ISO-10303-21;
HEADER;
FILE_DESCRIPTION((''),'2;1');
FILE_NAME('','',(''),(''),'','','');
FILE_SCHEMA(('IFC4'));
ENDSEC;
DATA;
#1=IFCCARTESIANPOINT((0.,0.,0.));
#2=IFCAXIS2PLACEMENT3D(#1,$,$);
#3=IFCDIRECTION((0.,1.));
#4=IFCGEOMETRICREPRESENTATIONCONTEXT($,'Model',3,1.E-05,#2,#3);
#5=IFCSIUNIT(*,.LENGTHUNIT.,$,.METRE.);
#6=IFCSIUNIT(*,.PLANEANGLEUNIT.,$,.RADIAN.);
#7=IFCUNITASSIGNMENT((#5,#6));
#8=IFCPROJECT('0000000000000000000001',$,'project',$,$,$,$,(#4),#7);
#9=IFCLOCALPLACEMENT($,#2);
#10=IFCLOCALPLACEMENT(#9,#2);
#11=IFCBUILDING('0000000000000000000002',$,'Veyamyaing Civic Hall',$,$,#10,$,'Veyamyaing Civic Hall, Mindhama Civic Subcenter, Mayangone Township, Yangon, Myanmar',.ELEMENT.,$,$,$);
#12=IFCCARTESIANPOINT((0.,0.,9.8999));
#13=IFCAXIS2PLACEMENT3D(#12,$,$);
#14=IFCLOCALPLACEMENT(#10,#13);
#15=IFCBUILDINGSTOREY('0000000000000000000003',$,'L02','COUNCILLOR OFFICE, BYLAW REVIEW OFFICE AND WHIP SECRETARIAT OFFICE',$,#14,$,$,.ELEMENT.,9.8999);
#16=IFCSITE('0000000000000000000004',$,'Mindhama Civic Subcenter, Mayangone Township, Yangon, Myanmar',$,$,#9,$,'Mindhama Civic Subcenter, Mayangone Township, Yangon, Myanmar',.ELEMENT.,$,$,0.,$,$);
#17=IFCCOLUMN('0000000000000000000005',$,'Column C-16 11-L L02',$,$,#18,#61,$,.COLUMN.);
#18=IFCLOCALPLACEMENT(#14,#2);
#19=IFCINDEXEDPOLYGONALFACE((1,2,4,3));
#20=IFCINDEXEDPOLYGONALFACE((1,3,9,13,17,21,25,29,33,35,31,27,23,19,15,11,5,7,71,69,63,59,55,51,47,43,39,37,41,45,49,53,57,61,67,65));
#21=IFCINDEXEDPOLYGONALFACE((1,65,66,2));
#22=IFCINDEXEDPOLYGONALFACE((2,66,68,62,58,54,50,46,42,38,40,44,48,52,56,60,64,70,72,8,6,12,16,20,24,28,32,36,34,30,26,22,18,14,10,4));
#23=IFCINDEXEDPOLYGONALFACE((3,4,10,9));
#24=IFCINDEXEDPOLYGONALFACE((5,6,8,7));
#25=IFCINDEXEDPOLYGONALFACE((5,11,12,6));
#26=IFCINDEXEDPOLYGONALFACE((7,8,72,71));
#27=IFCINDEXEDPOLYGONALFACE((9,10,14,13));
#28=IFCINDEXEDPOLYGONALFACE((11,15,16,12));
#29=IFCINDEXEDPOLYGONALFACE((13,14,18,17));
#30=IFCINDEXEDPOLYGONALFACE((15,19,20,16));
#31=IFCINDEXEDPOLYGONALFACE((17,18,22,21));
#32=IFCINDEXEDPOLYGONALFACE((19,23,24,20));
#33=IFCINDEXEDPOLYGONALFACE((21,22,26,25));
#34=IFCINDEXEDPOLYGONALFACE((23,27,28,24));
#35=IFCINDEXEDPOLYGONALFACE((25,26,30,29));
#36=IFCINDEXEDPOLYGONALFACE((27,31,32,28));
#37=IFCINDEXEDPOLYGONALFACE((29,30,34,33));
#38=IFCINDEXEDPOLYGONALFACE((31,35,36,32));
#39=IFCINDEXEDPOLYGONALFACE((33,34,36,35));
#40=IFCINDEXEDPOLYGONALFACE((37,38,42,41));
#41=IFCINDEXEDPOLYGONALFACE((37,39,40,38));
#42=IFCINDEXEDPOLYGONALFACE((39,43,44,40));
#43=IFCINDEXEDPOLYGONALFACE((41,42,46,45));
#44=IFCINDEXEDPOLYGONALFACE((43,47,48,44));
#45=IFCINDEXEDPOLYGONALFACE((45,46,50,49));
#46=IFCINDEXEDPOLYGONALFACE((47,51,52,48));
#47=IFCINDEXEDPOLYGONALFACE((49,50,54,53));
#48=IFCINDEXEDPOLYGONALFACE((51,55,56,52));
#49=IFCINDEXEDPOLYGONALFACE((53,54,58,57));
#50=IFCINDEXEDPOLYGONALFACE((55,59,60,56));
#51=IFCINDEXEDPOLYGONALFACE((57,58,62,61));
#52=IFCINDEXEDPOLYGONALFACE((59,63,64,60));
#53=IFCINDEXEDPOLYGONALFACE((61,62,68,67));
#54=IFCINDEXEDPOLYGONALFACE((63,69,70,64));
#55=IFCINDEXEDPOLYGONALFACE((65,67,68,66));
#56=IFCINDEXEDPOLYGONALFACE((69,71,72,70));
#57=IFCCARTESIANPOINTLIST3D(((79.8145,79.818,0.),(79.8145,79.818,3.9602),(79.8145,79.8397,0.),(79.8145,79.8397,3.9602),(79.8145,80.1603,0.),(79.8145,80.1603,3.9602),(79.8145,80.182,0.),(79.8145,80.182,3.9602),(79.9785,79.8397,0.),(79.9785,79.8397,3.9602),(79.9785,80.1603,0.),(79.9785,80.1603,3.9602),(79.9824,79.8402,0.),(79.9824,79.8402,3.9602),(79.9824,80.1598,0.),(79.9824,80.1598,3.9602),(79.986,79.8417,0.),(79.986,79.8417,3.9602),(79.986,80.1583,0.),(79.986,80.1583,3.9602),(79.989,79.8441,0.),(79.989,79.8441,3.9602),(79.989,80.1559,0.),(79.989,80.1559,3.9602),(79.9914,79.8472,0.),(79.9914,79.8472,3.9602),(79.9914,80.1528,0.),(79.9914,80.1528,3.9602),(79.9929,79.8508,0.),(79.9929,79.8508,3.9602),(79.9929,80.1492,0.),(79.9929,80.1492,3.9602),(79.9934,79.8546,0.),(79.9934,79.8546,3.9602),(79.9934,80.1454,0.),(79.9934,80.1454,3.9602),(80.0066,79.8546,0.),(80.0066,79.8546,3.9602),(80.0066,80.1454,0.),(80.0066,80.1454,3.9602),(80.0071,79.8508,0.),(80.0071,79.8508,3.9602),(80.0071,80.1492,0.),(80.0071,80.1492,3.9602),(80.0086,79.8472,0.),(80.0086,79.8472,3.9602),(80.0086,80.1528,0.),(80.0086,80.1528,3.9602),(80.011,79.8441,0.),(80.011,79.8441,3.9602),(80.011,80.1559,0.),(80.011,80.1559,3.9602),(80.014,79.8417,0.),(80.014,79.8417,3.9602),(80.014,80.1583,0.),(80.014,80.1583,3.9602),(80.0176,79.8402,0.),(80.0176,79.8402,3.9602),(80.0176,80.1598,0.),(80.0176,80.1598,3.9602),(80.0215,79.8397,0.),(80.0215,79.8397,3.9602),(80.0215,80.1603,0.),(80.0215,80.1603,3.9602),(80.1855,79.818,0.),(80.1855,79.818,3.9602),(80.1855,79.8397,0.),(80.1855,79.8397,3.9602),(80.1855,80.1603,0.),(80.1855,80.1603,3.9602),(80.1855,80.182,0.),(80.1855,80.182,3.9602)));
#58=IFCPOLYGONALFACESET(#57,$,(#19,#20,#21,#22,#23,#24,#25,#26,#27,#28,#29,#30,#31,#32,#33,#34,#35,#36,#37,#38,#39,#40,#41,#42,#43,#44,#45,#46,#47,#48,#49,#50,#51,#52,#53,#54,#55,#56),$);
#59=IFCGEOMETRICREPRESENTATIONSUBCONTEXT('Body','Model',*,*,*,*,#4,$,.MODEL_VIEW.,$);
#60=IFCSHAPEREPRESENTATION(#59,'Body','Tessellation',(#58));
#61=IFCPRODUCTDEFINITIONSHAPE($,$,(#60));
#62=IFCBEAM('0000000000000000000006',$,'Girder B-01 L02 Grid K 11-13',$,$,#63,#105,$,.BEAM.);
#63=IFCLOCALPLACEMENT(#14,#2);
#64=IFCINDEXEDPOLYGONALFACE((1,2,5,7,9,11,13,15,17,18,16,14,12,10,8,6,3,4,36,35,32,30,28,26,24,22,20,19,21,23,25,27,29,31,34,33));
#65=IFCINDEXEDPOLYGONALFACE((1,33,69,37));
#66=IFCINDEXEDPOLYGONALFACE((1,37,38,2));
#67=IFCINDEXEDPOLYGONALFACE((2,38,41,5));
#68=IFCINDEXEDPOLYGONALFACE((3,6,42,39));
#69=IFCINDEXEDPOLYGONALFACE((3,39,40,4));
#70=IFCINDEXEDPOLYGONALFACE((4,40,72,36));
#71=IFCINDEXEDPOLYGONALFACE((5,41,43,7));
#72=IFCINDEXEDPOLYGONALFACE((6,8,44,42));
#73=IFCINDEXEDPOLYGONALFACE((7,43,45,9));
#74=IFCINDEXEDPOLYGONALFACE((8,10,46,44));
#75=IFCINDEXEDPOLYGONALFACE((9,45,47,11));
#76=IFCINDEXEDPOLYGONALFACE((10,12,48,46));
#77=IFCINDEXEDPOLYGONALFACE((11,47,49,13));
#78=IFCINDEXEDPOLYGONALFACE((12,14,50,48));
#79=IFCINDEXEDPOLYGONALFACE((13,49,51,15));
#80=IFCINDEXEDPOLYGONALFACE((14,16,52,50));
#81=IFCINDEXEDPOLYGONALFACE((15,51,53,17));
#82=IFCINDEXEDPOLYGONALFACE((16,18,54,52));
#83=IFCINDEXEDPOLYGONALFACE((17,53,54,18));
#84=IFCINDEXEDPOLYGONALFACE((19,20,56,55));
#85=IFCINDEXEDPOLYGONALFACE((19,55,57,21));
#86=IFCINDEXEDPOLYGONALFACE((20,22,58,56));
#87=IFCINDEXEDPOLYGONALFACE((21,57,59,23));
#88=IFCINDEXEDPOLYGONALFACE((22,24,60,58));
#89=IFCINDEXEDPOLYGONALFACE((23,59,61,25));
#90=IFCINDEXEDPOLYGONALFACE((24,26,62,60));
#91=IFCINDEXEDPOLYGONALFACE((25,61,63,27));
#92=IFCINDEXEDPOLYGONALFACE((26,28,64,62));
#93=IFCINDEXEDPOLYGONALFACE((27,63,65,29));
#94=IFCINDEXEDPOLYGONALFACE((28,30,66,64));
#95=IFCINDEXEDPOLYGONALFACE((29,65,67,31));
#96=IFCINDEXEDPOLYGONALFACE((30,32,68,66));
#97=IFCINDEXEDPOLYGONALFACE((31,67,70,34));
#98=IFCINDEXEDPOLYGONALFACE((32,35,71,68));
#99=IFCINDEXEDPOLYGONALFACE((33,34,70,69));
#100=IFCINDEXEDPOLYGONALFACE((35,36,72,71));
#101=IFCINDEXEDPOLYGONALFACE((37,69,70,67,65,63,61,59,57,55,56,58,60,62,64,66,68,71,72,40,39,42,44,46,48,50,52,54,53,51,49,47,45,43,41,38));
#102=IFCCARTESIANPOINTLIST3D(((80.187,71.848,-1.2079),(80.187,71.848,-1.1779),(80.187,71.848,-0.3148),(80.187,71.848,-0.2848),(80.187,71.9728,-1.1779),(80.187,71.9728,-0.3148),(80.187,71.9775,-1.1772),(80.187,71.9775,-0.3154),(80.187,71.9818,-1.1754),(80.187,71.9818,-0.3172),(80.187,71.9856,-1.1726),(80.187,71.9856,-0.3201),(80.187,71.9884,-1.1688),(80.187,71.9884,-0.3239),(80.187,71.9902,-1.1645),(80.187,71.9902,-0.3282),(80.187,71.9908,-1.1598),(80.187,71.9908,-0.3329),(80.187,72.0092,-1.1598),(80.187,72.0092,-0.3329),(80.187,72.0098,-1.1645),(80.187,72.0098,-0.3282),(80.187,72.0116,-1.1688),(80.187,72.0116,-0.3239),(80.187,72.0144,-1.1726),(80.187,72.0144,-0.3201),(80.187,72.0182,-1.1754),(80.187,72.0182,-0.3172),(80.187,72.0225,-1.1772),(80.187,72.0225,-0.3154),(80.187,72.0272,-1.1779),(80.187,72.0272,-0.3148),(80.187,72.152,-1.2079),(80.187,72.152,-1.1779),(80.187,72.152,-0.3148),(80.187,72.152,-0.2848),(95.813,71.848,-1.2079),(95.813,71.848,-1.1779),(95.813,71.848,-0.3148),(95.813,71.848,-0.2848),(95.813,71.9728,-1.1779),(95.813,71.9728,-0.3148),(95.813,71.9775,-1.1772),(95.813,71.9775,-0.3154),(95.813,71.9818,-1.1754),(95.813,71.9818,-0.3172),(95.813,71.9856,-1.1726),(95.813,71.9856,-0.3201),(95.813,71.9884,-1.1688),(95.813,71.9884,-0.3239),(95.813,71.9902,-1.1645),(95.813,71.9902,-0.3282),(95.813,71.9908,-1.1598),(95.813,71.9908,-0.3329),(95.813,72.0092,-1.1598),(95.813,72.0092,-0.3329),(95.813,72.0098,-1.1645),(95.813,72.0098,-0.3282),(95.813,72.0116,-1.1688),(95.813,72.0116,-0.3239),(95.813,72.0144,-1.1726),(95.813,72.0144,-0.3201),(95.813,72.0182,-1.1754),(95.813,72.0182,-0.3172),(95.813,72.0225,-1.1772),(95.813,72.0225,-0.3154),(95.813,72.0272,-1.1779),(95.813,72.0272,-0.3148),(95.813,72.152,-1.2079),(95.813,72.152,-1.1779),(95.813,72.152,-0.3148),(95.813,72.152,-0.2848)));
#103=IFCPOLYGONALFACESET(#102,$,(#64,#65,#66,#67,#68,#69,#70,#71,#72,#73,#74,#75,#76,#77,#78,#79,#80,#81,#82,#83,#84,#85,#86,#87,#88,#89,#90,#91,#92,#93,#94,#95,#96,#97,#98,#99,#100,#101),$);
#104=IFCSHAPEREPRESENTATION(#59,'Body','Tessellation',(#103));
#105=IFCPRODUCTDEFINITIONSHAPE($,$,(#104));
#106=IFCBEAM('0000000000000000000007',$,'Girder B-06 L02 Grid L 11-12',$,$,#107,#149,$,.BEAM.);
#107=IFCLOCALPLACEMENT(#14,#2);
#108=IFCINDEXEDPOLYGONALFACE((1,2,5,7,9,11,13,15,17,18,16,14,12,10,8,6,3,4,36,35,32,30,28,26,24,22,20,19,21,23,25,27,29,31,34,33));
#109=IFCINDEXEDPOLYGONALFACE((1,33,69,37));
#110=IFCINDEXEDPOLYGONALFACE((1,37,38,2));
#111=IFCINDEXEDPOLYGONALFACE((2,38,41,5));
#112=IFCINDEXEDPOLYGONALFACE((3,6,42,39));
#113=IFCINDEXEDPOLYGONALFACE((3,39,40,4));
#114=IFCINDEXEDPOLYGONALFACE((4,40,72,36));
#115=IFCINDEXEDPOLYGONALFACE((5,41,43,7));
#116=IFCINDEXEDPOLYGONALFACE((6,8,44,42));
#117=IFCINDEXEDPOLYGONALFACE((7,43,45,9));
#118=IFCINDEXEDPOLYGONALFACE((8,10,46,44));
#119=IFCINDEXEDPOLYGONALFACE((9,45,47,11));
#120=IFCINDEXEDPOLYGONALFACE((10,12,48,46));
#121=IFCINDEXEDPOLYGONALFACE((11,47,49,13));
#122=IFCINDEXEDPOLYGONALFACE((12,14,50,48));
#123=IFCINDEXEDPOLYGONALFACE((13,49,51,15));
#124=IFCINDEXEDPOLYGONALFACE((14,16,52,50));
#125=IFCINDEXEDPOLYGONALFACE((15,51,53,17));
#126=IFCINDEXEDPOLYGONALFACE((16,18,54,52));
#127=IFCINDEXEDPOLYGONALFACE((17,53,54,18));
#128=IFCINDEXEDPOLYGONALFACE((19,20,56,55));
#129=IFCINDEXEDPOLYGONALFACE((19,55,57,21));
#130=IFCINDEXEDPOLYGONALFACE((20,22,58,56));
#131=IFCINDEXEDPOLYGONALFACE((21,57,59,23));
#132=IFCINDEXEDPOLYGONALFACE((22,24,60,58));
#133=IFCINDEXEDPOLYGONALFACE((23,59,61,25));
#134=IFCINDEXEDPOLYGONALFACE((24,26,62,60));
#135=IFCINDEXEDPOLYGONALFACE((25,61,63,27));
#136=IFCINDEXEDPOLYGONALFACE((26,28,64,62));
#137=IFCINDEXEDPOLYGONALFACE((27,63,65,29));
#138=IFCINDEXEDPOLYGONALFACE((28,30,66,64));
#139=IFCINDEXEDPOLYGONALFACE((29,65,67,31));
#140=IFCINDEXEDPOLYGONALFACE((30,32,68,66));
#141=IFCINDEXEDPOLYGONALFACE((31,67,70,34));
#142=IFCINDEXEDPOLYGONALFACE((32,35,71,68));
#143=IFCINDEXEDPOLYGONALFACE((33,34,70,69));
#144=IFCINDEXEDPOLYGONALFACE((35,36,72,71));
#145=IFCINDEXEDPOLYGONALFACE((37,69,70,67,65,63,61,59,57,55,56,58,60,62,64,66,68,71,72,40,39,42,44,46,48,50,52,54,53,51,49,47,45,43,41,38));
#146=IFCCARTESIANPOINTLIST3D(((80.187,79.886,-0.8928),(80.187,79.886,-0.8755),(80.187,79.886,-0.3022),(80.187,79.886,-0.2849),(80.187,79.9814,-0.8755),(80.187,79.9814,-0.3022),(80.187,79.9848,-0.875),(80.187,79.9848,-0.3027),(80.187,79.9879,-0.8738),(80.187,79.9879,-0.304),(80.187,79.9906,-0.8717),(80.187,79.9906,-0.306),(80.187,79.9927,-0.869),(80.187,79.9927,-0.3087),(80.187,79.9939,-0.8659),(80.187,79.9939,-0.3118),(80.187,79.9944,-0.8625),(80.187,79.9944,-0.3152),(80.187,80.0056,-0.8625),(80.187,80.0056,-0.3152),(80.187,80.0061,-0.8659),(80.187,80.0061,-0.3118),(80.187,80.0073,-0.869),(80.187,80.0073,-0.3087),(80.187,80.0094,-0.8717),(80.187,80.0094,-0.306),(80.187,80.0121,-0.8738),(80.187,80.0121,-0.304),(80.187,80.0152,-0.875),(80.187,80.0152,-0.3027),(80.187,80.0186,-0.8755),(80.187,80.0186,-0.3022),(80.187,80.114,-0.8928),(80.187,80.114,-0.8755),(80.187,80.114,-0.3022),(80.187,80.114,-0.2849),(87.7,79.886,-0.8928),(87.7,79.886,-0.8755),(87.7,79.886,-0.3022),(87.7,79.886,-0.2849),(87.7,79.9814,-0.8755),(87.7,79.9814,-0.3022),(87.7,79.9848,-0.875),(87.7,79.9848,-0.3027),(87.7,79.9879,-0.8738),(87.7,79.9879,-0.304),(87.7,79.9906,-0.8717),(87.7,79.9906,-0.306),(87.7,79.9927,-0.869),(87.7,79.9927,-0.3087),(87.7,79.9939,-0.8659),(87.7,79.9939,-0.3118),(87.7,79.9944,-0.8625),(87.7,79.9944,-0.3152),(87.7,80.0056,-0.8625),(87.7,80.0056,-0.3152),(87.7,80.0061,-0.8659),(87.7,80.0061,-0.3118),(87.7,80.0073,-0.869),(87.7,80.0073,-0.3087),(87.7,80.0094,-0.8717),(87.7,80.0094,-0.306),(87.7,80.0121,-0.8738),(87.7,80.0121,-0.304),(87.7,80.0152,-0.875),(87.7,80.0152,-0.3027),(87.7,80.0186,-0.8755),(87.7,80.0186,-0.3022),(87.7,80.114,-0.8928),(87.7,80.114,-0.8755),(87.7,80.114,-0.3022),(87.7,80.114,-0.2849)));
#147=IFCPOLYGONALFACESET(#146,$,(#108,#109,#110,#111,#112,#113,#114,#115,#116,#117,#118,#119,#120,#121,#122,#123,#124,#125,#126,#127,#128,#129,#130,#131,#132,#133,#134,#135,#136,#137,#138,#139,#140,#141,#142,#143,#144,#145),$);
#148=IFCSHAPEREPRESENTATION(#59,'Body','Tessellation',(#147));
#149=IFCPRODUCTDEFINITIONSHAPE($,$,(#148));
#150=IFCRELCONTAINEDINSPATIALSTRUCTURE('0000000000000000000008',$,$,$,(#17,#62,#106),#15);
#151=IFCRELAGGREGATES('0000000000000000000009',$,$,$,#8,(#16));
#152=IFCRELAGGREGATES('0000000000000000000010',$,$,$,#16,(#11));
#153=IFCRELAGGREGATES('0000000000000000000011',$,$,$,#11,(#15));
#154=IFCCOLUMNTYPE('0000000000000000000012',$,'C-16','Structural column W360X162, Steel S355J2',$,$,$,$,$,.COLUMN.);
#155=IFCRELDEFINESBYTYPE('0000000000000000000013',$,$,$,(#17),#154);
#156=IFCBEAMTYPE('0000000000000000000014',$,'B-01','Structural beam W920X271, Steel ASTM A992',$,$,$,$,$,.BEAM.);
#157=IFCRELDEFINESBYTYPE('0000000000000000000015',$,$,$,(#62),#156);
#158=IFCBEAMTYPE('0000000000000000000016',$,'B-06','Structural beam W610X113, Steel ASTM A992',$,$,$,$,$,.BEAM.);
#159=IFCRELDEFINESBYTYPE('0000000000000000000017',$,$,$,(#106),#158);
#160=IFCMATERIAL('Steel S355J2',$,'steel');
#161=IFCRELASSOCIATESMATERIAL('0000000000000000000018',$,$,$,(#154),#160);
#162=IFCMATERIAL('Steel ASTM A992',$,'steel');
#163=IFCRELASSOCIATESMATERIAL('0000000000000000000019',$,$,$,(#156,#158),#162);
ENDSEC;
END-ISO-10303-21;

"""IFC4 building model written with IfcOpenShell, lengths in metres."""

from ifc_helpers import new_model, si_unit, direction, frame, origin, origin_2d, place, context, subcontext, project, spatial, i_section, extrude, material, material_profile, profile_set, type_object, element, save


model = new_model("IFC4")

# Units and contexts
model_context = context("Model", 3, precision=1e-05, world=origin(), true_north=direction((0.0, 1.0)))
body_context = subcontext(model_context, "Body", "Model", "MODEL_VIEW")
ifc_project = project(units=[si_unit("LENGTHUNIT", "METRE"), si_unit("PLANEANGLEUNIT", "RADIAN")], contexts=[model_context])

# Site, building, storey
site_placement = place(None, origin())
site = spatial("IfcSite", under=ifc_project, at=site_placement, Name="Mindhama Civic Subcenter, Mayangone Township, Yangon, Myanmar", LongName="Mindhama Civic Subcenter, Mayangone Township, Yangon, Myanmar", CompositionType="ELEMENT", RefElevation=0.0)
building_placement = place(site_placement, origin())
building = spatial("IfcBuilding", under=site, at=building_placement, Name="Veyamyaing Civic Hall", LongName="Veyamyaing Civic Hall, Mindhama Civic Subcenter, Mayangone Township, Yangon, Myanmar", CompositionType="ELEMENT")
storey_placement = place(building_placement, frame((0.0, 0.0, 9.8999)))
storey = spatial("IfcBuildingStorey", under=building, at=storey_placement, Name="L02", Description="COUNCILLOR OFFICE, BYLAW REVIEW OFFICE AND WHIP SECRETARIAT OFFICE", CompositionType="ELEMENT", Elevation=9.8999)

# Column
ifc_material_1 = material(Name="Steel S355J2", Category="steel")
ifc_material_profile_1 = material_profile(ifc_material_1, i_section(OverallWidth=0.3711, OverallDepth=0.364, WebThickness=0.0132, FlangeThickness=0.0217, FilletRadius=0.0149, at=origin_2d()), Name="W360X162")
ifc_profile_set_1 = profile_set([ifc_material_profile_1], Name="Steel S355J2")
column_type = type_object("IfcColumnType", Name="C-16", Description="Structural column W360X162, Steel S355J2", PredefinedType="COLUMN", material=ifc_profile_set_1)
column_placement = place(storey_placement, frame((80.0, 80.0, 0.0), z_axis=(0.0, 0.0, 1.0), x_axis=(1.0, 0.0, 0.0)))
element("IfcColumn", 1, at=column_placement, inside=storey, type_object=column_type, Name="Column C-16 11-L L02", PredefinedType="COLUMN", context=body_context, shape_type="SweptSolid", body=[
    extrude(i_section(OverallWidth=0.3711, OverallDepth=0.364, WebThickness=0.0132, FlangeThickness=0.0217, FilletRadius=0.0149, at=origin_2d()), origin(), (0.0, 0.0, 1.0), 3.9602),
])

# Beams
ifc_material_2 = material(Name="Steel ASTM A992", Category="steel")
ifc_material_profile_2 = material_profile(ifc_material_2, i_section(OverallWidth=0.304, OverallDepth=0.9231, WebThickness=0.0183, FlangeThickness=0.03, FilletRadius=0.0181, at=origin_2d()), Name="W920X271")
ifc_profile_set_2 = profile_set([ifc_material_profile_2], Name="Steel ASTM A992")
beam_type_1 = type_object("IfcBeamType", Name="B-01", Description="Structural beam W920X271, Steel ASTM A992", PredefinedType="BEAM", material=ifc_profile_set_2)
beam_1_placement = place(storey_placement, frame((80.187, 72.0, -0.7463), z_axis=(1.0, 0.0, 0.0), x_axis=(0.0, 1.0, 0.0)))
element("IfcBeam", 2, at=beam_1_placement, inside=storey, type_object=beam_type_1, Name="Girder B-01 L02 Grid K 11-13", PredefinedType="BEAM", context=body_context, shape_type="SweptSolid", body=[
    extrude(i_section(OverallWidth=0.304, OverallDepth=0.9231, WebThickness=0.0183, FlangeThickness=0.03, FilletRadius=0.0181, at=origin_2d()), origin(), (0.0, 0.0, 1.0), 15.626),
])
ifc_material_profile_3 = material_profile(ifc_material_2, i_section(OverallWidth=0.228, OverallDepth=0.6079, WebThickness=0.0112, FlangeThickness=0.0173, FilletRadius=0.0129, at=origin_2d()), Name="W610X113")
ifc_profile_set_3 = profile_set([ifc_material_profile_3], Name="Steel ASTM A992")
beam_type_2 = type_object("IfcBeamType", Name="B-06", Description="Structural beam W610X113, Steel ASTM A992", PredefinedType="BEAM", material=ifc_profile_set_3)
beam_2_placement = place(storey_placement, frame((80.187, 80.0, -0.5889), z_axis=(1.0, 0.0, 0.0), x_axis=(0.0, 1.0, 0.0)))
element("IfcBeam", 3, at=beam_2_placement, inside=storey, type_object=beam_type_2, Name="Girder B-06 L02 Grid L 11-12", PredefinedType="BEAM", context=body_context, shape_type="SweptSolid", body=[
    extrude(i_section(OverallWidth=0.228, OverallDepth=0.6079, WebThickness=0.0112, FlangeThickness=0.0173, FilletRadius=0.0129, at=origin_2d()), origin(), (0.0, 0.0, 1.0), 7.5129),
])

save(model, "model.ifc")
